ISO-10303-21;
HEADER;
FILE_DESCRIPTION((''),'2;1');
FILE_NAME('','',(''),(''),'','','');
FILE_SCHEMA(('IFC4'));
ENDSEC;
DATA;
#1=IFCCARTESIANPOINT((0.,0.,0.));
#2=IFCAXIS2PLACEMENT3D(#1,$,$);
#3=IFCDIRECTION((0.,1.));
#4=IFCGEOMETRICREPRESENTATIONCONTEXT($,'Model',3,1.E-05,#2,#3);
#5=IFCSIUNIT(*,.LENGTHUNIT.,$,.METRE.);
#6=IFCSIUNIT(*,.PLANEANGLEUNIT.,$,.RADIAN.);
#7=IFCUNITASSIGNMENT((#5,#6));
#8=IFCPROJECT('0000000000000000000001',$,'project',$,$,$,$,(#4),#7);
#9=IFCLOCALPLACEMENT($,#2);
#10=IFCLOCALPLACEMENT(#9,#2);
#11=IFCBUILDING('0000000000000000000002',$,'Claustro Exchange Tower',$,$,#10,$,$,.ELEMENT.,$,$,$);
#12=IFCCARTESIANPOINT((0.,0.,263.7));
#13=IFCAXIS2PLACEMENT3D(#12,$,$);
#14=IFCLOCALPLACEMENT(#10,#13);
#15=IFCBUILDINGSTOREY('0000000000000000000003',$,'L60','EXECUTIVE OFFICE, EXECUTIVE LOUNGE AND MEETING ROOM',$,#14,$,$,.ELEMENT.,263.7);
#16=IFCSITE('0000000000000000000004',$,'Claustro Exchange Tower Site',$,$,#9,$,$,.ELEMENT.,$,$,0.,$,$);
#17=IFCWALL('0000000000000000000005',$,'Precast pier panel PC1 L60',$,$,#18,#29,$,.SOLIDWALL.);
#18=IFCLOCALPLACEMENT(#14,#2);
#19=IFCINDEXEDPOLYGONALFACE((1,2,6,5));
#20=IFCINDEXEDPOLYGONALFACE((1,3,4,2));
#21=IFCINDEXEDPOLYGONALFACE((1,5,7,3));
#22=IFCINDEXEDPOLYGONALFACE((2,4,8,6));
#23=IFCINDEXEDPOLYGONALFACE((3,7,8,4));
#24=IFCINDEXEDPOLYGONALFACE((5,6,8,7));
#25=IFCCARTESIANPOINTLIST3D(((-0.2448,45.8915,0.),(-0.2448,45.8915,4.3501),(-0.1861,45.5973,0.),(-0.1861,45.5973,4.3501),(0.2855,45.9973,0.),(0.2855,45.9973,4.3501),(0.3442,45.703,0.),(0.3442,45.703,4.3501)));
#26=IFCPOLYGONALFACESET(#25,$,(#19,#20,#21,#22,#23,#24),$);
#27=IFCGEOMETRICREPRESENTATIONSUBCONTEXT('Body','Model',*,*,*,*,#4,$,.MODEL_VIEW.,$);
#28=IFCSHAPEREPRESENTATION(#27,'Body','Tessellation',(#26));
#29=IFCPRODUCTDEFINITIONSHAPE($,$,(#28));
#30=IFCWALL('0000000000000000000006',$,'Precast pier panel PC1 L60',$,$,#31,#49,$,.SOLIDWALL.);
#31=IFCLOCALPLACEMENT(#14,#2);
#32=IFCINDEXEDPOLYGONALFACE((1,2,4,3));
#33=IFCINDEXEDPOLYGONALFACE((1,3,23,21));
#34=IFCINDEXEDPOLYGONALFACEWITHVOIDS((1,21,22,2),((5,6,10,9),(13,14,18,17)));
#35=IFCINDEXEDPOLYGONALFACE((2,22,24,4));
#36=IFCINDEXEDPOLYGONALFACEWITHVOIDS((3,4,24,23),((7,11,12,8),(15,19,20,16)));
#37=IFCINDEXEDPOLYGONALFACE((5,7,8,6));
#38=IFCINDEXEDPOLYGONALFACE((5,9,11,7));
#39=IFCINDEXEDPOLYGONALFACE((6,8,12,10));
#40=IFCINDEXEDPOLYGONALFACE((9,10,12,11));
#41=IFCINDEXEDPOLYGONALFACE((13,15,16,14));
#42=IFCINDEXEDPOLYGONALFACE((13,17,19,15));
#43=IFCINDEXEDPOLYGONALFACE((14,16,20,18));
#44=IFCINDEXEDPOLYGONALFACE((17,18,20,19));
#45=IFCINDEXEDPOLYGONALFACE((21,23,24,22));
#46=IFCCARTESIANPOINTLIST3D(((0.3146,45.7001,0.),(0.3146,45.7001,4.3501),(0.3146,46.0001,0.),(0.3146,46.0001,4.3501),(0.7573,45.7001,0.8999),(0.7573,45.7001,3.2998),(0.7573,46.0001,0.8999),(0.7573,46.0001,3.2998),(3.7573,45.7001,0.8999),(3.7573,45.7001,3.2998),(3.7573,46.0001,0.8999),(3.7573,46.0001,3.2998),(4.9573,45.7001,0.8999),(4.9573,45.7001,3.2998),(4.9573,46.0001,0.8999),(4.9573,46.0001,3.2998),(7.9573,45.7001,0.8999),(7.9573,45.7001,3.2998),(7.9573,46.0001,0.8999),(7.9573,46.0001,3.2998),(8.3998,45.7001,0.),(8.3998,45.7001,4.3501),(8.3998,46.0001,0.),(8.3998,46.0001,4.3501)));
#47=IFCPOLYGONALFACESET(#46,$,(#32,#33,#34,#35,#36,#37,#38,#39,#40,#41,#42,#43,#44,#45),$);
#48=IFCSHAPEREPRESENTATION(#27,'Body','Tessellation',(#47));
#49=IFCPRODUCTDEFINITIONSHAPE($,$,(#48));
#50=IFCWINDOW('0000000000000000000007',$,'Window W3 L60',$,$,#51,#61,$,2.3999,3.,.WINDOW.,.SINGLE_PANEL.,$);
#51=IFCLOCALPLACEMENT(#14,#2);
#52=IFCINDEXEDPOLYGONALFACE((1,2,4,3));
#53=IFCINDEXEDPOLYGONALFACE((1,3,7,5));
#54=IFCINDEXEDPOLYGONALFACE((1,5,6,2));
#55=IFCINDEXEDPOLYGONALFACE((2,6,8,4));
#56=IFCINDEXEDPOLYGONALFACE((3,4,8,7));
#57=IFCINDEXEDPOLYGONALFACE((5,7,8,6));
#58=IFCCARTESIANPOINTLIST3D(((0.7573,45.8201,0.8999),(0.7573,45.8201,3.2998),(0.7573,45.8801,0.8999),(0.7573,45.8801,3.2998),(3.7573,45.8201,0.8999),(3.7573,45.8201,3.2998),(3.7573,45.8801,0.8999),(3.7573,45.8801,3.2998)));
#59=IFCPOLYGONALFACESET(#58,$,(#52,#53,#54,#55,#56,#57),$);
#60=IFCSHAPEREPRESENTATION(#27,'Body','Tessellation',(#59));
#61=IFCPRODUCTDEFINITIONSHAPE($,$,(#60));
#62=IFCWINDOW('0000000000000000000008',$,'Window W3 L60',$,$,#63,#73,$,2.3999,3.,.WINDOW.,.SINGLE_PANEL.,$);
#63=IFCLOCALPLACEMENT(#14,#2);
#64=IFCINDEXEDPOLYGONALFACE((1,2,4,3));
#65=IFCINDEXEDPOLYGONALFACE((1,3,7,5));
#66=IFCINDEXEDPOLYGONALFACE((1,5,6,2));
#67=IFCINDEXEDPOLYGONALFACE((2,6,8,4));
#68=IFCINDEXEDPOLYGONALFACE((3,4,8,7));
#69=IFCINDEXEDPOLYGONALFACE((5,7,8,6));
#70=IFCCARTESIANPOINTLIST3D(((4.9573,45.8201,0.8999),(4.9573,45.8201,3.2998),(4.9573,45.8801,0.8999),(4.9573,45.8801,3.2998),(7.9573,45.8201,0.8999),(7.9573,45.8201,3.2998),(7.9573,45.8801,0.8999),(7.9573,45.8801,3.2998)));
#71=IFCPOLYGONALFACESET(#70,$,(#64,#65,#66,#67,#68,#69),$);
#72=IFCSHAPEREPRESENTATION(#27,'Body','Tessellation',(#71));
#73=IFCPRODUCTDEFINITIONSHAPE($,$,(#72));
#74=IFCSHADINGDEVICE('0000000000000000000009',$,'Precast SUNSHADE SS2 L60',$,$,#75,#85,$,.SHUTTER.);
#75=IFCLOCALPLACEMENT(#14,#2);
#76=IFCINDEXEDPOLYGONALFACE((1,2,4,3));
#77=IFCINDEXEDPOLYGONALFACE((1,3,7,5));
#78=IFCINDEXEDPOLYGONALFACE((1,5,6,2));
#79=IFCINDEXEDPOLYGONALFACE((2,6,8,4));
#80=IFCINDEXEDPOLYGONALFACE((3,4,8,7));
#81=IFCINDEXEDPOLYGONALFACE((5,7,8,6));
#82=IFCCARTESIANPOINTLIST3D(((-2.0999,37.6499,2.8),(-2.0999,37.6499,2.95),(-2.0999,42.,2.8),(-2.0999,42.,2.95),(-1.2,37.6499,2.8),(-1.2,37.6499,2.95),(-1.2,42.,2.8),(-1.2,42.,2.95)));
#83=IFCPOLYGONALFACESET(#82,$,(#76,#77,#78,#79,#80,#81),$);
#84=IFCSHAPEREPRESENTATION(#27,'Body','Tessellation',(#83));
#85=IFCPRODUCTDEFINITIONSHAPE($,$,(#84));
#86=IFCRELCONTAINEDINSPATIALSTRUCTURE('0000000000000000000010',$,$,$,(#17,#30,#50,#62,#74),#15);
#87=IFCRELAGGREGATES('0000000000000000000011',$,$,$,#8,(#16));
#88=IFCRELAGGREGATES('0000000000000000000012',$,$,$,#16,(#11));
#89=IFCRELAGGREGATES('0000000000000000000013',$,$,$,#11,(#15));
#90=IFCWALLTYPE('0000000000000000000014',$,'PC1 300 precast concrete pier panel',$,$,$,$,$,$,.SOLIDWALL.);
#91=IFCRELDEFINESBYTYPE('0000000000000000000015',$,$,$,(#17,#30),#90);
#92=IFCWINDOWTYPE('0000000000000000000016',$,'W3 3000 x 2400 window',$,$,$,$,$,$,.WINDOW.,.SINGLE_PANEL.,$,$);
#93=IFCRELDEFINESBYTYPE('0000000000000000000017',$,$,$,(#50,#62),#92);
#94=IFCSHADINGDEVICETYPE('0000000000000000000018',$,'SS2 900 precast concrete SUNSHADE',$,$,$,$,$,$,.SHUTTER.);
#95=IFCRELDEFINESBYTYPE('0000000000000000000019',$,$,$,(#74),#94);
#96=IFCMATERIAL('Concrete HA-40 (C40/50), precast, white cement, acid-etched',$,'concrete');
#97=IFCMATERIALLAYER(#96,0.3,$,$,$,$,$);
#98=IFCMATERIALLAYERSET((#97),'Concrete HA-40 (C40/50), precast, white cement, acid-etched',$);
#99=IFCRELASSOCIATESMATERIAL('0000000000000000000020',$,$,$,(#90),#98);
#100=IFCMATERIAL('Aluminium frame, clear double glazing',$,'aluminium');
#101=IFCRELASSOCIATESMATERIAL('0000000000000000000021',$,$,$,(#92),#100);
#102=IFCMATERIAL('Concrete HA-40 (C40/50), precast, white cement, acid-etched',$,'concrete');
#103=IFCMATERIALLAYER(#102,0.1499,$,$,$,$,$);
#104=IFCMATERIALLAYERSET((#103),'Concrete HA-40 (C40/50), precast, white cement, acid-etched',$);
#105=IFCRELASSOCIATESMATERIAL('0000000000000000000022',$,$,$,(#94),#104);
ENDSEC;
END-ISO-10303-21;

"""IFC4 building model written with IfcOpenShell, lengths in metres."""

from ifc_helpers import new_model, si_unit, direction, frame, frame_2d, origin, origin_2d, place, context, subcontext, project, spatial, rectangle, extrude, material, layer, layer_set, type_object, element, fill, save


model = new_model("IFC4")

# Units and contexts
model_context = context("Model", 3, precision=1e-05, world=origin(), true_north=direction((0.0, 1.0)))
body_context = subcontext(model_context, "Body", "Model", "MODEL_VIEW")
ifc_project = project(units=[si_unit("LENGTHUNIT", "METRE"), si_unit("PLANEANGLEUNIT", "RADIAN")], contexts=[model_context])

# Site, building, storey
site_placement = place(None, origin())
site = spatial("IfcSite", under=ifc_project, at=site_placement, Name="Claustro Exchange Tower Site", CompositionType="ELEMENT", RefElevation=0.0)
building_placement = place(site_placement, origin())
building = spatial("IfcBuilding", under=site, at=building_placement, Name="Claustro Exchange Tower", CompositionType="ELEMENT")
storey_placement = place(building_placement, frame((0.0, 0.0, 263.7)))
storey = spatial("IfcBuildingStorey", under=building, at=storey_placement, Name="L60", Description="EXECUTIVE OFFICE, EXECUTIVE LOUNGE AND MEETING ROOM", CompositionType="ELEMENT", Elevation=263.7)

# Shared definitions
ifc_material_1 = material(Name="Concrete HA-40 (C40/50), precast, white cement, acid-etched", Category="concrete")
ifc_layer_1 = layer(ifc_material_1, 0.3)
ifc_layer_set_1 = layer_set([ifc_layer_1], Name="Concrete HA-40 (C40/50), precast, white cement, acid-etched")
wall_type_1 = type_object("IfcWallType", Name="PC1 300 precast concrete pier panel", PredefinedType="SOLIDWALL", material=ifc_layer_set_1)

# Wall
wall_1_placement = place(storey_placement, frame((-0.2156, 45.7444, 0.0), z_axis=(0.0, 0.0, 1.0), x_axis=(0.980702, 0.195508, 0.0)))
element("IfcWall", 1, at=wall_1_placement, inside=storey, type_object=wall_type_1, Name="Precast pier panel PC1 L60", PredefinedType="SOLIDWALL", context=body_context, shape_type="SweptSolid", body=[
    extrude(rectangle(XDim=0.5408, YDim=0.3, at=frame_2d((0.2705, 0.0))), origin(), (0.0, 0.0, 1.0), 4.3501),
])

# Wall, openings, windows
wall_2_placement = place(storey_placement, frame((0.3147, 45.8501, 0.0), z_axis=(0.0, 0.0, 1.0), x_axis=(1.0, 0.0, 0.0)))
wall_2 = element("IfcWall", 2, at=wall_2_placement, inside=storey, type_object=wall_type_1, Name="Precast pier panel PC1 L60", PredefinedType="SOLIDWALL", context=body_context, shape_type="SweptSolid", body=[
    extrude(rectangle(XDim=8.0852, YDim=0.3, at=frame_2d((4.0425, 0.0))), origin(), (0.0, 0.0, 1.0), 4.3501),
])
opening_1_placement = place(wall_2_placement, frame((0.4426, 0.0, 0.8999)))
opening_1 = element("IfcOpeningElement", 3, at=opening_1_placement, cuts=wall_2, PredefinedType="OPENING", context=body_context, shape_type="SweptSolid", body=[
    extrude(rectangle(XDim=3.0, YDim=2.3999, at=frame_2d((1.5, 1.2))), frame((0.0, 0.1599, 0.0), z_axis=(0.0, -1.0, 0.0), x_axis=(1.0, 0.0, 0.0)), (0.0, 0.0, 1.0), 0.3201),
])
opening_2_placement = place(wall_2_placement, frame((4.6426, 0.0, 0.8999)))
opening_2 = element("IfcOpeningElement", 4, at=opening_2_placement, cuts=wall_2, PredefinedType="OPENING", context=body_context, shape_type="SweptSolid", body=[
    extrude(rectangle(XDim=3.0, YDim=2.3999, at=frame_2d((1.5, 1.2))), frame((0.0, 0.1599, 0.0), z_axis=(0.0, -1.0, 0.0), x_axis=(1.0, 0.0, 0.0)), (0.0, 0.0, 1.0), 0.3201),
])
ifc_material_2 = material(Name="Aluminium frame, clear double glazing", Category="aluminium")
window_type_1 = type_object("IfcWindowType", Name="W3 3000 x 2400 window", PartitioningType="SINGLE_PANEL", PredefinedType="WINDOW", material=ifc_material_2)
window_1_placement = place(opening_1_placement, origin())
window_1 = element("IfcWindow", 5, at=window_1_placement, inside=storey, type_object=window_type_1, Name="Window W3 L60", OverallHeight=2.3999, OverallWidth=3.0, PartitioningType="SINGLE_PANEL", PredefinedType="WINDOW", context=body_context, shape_type="SweptSolid", body=[
    extrude(rectangle(XDim=3.0, YDim=2.3999, at=frame_2d((1.5, 1.2))), frame((0.0, 0.03, 0.0), z_axis=(0.0, -1.0, 0.0), x_axis=(1.0, 0.0, 0.0)), (0.0, 0.0, 1.0), 0.0601),
])
fill(opening_1, window_1)
window_2_placement = place(opening_2_placement, origin())
window_2 = element("IfcWindow", 6, at=window_2_placement, inside=storey, type_object=window_type_1, Name="Window W3 L60", OverallHeight=2.3999, OverallWidth=3.0, PartitioningType="SINGLE_PANEL", PredefinedType="WINDOW", context=body_context, shape_type="SweptSolid", body=[
    extrude(rectangle(XDim=3.0, YDim=2.3999, at=frame_2d((1.5, 1.2))), frame((0.0, 0.03, 0.0), z_axis=(0.0, -1.0, 0.0), x_axis=(1.0, 0.0, 0.0)), (0.0, 0.0, 1.0), 0.0601),
])
fill(opening_2, window_2)

# Shading device
ifc_material_3 = material(Name="Concrete HA-40 (C40/50), precast, white cement, acid-etched", Category="concrete")
ifc_layer_2 = layer(ifc_material_3, 0.1499)
ifc_layer_set_2 = layer_set([ifc_layer_2], Name="Concrete HA-40 (C40/50), precast, white cement, acid-etched")
shading_device_type = type_object("IfcShadingDeviceType", Name="SS2 900 precast concrete SUNSHADE", PredefinedType="SHUTTER", material=ifc_layer_set_2)
shading_device_placement = place(storey_placement, frame((-1.6499, 39.825, 2.8), z_axis=(0.0, 0.0, 1.0), x_axis=(0.0, 1.0, 0.0)))
element("IfcShadingDevice", 7, at=shading_device_placement, inside=storey, type_object=shading_device_type, Name="Precast SUNSHADE SS2 L60", PredefinedType="SHUTTER", context=body_context, shape_type="SweptSolid", body=[
    extrude(rectangle(XDim=4.3501, YDim=0.8999, at=origin_2d()), origin(), (0.0, 0.0, 1.0), 0.1499),
])

save(model, "model.ifc")
